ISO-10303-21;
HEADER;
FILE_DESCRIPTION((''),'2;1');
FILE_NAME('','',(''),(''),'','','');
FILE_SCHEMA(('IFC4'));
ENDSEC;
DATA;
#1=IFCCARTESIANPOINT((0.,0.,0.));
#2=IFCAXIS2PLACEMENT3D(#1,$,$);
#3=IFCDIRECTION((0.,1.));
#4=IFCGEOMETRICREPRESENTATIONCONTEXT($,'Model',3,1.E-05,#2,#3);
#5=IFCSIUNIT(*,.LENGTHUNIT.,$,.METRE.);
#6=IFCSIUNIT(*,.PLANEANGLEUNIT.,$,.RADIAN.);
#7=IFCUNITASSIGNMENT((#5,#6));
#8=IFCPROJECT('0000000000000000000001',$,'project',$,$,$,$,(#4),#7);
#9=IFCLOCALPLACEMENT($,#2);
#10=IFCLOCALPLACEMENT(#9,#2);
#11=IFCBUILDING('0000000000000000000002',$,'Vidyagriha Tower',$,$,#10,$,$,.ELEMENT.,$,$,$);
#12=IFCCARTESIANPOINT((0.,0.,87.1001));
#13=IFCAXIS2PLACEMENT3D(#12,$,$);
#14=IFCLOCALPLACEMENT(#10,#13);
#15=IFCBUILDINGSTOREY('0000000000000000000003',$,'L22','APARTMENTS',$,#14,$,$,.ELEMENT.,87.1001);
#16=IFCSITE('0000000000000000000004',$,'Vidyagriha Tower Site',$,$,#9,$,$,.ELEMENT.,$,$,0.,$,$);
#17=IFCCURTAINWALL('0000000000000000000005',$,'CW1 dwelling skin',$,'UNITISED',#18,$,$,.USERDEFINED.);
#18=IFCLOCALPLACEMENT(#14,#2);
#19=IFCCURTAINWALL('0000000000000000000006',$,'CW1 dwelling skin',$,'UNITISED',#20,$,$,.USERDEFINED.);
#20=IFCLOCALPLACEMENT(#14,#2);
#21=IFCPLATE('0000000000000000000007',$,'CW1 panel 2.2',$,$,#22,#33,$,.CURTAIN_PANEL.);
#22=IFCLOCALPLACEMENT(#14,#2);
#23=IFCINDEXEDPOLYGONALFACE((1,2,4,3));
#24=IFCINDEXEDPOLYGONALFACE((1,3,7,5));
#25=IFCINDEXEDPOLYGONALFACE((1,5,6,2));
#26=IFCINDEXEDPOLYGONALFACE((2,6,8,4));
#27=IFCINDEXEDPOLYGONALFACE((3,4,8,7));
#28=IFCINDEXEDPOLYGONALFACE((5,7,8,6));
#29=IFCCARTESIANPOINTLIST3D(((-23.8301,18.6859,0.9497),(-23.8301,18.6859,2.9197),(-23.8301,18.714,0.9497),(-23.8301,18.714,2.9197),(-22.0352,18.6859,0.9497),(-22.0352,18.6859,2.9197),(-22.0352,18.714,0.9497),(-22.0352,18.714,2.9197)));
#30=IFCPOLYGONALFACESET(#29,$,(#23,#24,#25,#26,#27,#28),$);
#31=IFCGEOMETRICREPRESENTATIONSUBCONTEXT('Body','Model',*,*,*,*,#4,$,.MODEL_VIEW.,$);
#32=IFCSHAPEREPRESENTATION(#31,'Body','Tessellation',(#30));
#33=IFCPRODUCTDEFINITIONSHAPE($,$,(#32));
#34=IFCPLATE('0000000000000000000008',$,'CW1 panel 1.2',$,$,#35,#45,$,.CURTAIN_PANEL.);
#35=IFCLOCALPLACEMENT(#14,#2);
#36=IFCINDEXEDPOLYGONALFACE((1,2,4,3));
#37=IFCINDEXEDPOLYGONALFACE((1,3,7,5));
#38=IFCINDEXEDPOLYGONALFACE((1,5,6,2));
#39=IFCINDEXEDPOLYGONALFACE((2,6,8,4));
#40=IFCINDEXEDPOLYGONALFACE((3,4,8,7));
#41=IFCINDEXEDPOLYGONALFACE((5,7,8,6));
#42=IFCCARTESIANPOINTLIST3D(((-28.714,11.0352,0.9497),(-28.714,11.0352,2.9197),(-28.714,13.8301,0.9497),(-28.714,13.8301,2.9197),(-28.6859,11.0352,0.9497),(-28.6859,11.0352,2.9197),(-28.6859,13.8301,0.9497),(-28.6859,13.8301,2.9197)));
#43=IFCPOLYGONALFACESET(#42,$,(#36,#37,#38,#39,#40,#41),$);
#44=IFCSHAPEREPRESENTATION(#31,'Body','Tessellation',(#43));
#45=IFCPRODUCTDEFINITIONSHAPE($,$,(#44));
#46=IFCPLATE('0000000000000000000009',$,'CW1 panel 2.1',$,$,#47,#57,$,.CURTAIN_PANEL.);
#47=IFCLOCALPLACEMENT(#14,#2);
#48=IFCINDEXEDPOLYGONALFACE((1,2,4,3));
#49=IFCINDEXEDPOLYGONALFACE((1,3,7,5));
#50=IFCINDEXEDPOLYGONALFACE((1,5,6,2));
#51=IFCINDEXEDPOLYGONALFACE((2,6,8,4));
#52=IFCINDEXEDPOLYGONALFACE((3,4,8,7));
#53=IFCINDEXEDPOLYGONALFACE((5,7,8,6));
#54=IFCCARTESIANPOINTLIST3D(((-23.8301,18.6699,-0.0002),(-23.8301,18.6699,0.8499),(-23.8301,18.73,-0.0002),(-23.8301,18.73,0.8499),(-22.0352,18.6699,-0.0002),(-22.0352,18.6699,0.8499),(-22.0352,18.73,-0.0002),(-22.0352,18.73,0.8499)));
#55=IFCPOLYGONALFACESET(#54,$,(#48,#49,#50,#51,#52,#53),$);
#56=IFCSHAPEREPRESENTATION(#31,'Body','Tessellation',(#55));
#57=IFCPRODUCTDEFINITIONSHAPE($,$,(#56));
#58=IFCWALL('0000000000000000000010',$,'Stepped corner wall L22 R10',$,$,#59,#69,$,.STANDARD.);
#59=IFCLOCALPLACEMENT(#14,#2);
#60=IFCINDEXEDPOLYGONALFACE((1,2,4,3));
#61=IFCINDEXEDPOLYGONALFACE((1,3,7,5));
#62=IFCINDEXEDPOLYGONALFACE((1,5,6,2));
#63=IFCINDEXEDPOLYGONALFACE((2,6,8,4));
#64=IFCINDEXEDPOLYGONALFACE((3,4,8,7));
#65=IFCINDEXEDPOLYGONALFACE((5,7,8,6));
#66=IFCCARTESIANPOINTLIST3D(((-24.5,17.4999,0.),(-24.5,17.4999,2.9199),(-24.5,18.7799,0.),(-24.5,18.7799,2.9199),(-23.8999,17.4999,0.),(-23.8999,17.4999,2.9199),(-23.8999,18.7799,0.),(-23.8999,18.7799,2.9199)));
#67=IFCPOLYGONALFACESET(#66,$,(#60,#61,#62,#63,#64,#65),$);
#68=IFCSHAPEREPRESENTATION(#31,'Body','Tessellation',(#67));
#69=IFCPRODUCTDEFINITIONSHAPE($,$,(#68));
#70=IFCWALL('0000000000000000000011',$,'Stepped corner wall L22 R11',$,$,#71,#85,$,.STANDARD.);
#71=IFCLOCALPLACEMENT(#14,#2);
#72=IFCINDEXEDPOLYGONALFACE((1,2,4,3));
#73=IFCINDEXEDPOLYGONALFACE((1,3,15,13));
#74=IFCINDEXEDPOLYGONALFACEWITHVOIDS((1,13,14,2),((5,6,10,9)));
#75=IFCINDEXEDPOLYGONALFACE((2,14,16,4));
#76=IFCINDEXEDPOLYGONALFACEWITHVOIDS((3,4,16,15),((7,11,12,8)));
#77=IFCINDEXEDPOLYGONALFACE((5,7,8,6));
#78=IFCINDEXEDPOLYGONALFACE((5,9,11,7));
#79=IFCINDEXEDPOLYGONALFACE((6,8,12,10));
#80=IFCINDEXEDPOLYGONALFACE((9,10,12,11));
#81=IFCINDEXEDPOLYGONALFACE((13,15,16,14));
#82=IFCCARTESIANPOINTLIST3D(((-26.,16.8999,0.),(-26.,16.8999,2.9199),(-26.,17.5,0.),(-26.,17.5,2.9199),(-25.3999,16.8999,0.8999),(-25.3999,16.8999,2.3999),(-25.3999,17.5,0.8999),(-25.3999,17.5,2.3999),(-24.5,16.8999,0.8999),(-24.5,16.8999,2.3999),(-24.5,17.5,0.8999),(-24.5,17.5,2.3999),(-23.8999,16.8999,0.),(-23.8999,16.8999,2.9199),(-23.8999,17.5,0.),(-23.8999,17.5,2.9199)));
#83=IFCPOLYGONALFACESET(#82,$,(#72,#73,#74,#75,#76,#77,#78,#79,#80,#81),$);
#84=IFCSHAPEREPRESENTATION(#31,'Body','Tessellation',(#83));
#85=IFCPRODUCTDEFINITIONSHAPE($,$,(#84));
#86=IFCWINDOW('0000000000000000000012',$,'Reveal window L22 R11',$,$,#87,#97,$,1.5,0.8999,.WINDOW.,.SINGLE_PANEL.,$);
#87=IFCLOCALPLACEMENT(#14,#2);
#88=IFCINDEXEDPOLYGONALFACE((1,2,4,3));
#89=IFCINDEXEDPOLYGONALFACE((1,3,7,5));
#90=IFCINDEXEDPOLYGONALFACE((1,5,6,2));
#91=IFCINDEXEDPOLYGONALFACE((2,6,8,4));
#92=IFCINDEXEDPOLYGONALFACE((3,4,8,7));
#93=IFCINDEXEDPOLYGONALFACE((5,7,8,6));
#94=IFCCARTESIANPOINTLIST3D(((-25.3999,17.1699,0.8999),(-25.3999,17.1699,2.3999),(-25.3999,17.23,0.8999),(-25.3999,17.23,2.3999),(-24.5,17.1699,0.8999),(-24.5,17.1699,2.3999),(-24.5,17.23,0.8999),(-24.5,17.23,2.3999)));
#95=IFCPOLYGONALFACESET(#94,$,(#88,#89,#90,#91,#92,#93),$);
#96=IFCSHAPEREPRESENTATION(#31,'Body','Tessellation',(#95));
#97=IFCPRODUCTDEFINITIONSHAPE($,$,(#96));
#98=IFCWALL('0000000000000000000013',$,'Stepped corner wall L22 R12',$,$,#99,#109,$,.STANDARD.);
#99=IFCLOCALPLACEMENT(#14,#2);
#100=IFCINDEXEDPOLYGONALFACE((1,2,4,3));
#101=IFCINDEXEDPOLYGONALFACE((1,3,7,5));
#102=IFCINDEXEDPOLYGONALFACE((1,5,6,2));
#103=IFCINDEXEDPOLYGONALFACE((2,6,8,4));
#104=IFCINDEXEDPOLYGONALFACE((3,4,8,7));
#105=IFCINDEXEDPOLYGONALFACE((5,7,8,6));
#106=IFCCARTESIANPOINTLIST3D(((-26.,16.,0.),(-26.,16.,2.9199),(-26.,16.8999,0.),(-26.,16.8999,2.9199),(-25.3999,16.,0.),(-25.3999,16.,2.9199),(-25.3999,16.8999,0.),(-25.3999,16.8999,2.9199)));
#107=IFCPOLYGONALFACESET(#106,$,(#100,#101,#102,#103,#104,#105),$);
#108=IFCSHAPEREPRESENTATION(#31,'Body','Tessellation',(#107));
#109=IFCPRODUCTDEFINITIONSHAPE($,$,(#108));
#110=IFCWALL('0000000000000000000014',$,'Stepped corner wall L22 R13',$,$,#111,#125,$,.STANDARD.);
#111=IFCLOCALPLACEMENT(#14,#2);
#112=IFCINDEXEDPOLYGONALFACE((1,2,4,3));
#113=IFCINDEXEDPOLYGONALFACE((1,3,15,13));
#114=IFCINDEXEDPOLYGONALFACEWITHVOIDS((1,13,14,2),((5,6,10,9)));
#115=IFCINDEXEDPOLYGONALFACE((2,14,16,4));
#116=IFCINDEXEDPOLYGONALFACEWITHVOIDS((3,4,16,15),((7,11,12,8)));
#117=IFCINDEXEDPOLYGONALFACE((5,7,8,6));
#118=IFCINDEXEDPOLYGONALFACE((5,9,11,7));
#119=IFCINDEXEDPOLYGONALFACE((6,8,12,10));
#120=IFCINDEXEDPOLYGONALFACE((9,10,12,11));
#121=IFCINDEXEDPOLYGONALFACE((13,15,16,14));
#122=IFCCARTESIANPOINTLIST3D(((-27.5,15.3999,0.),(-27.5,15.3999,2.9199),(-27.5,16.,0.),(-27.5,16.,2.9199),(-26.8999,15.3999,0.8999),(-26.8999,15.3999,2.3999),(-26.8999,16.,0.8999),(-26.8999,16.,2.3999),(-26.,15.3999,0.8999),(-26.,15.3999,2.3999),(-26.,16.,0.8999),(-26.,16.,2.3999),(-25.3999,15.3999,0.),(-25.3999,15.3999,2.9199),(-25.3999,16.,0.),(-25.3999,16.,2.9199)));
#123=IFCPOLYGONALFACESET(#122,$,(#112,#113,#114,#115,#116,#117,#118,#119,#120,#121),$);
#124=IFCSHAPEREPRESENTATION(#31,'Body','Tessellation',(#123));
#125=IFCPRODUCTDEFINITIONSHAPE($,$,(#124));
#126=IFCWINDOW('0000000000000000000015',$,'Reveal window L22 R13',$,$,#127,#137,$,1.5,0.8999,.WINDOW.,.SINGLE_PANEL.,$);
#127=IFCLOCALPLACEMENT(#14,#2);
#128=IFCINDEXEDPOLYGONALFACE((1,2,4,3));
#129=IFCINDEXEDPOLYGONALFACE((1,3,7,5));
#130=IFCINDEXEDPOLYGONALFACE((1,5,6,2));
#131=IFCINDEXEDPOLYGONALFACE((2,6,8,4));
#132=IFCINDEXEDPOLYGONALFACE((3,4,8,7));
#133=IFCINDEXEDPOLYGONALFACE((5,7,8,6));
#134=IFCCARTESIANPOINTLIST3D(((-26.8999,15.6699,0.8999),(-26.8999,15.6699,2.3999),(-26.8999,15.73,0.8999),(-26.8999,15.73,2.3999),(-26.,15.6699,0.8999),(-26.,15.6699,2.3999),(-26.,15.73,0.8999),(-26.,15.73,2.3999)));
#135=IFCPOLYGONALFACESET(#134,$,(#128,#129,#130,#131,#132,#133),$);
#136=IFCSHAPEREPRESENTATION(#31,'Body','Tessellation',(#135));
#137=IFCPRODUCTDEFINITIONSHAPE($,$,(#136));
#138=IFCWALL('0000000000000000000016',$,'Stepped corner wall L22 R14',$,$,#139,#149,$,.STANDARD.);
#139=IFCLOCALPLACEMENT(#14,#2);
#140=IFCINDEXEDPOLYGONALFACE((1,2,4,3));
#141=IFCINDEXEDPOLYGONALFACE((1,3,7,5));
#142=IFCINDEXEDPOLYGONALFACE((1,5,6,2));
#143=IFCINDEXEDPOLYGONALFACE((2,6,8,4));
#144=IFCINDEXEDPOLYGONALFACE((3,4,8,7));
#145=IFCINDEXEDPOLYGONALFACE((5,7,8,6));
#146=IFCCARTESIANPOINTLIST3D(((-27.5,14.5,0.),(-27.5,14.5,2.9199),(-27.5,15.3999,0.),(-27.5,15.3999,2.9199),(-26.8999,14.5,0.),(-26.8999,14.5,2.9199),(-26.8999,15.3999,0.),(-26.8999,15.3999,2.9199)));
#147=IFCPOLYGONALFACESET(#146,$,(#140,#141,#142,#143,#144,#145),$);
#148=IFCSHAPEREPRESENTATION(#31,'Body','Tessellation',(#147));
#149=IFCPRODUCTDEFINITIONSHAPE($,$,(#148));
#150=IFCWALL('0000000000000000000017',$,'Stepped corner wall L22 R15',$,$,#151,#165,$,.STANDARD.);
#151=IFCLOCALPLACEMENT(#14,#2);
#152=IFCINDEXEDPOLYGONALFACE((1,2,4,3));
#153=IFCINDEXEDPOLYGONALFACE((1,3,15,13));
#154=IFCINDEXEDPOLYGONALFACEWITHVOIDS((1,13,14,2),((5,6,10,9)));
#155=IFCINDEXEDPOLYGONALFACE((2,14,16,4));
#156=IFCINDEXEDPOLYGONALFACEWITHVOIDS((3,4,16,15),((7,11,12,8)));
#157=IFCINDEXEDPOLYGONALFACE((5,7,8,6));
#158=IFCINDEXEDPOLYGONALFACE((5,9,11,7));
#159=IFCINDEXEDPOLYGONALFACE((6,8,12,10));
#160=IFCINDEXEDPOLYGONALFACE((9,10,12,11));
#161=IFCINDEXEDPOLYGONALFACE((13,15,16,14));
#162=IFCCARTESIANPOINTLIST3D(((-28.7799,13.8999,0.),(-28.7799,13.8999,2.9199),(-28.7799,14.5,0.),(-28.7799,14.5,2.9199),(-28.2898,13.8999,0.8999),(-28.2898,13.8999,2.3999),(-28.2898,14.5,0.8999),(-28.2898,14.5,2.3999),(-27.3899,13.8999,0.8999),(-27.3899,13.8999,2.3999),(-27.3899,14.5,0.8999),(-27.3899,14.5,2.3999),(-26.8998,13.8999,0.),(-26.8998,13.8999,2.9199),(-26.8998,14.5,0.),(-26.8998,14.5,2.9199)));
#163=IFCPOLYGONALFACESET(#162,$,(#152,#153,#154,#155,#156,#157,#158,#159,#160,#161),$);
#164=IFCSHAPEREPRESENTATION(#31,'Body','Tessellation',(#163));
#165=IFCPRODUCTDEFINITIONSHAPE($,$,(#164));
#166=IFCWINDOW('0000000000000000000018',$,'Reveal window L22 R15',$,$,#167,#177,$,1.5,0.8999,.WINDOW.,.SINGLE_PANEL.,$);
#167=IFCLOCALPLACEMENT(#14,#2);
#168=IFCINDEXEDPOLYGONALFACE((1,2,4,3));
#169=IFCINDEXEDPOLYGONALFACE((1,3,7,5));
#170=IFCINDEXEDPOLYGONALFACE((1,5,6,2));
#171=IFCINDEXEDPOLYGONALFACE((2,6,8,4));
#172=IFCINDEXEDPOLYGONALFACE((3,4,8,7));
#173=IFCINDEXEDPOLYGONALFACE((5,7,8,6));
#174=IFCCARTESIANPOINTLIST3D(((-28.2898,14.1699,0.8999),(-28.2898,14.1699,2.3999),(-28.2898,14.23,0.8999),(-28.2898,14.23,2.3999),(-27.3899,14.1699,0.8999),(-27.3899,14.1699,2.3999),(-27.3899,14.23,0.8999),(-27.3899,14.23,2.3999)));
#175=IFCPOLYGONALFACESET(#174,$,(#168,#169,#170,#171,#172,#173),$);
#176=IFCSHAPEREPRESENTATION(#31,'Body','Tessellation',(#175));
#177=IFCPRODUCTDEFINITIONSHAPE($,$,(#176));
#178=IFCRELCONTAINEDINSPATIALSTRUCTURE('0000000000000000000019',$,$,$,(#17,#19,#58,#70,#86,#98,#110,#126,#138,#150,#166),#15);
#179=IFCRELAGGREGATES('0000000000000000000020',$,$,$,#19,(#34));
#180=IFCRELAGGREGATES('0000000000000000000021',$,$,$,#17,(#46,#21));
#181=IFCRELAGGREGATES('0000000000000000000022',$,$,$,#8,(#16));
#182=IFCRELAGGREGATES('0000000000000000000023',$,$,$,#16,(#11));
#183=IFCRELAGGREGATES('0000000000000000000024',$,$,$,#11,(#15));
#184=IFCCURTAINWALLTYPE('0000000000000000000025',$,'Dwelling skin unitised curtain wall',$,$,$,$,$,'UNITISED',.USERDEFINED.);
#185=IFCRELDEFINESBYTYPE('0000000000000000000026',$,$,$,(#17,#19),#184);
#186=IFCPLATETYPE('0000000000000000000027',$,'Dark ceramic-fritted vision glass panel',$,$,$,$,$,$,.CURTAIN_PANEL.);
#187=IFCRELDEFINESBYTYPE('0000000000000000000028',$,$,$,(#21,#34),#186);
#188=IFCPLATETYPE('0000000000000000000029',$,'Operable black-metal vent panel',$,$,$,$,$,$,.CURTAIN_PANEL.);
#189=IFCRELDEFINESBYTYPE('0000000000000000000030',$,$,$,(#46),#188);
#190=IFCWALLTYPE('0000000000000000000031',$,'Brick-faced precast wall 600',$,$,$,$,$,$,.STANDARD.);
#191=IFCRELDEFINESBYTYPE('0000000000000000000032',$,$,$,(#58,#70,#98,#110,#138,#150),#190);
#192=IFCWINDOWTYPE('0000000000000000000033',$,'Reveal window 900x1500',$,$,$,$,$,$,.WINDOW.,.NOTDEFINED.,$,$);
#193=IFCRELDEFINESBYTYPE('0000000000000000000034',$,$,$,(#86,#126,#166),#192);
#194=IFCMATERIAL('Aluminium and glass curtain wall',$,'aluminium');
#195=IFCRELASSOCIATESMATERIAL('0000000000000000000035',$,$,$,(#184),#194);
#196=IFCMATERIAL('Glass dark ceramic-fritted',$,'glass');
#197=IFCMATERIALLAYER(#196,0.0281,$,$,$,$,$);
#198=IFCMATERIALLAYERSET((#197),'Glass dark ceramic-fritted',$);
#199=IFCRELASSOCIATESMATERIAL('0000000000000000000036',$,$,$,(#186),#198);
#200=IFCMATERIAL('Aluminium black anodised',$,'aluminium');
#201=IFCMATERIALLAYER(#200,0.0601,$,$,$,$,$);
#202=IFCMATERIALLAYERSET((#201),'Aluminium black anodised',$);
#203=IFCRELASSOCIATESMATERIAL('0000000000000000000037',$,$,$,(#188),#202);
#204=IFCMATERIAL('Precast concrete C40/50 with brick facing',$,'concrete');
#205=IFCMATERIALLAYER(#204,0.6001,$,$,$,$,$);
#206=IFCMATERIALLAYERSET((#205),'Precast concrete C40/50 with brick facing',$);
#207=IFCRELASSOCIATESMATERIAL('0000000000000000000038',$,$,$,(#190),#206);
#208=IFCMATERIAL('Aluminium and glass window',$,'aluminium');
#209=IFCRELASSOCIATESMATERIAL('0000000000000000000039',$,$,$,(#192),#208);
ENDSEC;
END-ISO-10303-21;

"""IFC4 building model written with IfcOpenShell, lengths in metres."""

from ifc_helpers import new_model, si_unit, direction, frame, frame_2d, origin, origin_2d, place, context, subcontext, project, spatial, rectangle, extrude, material, layer, layer_set, type_object, element, fill, aggregate, save


model = new_model("IFC4")

# Units and contexts
model_context = context("Model", 3, precision=1e-05, world=origin(), true_north=direction((0.0, 1.0)))
body_context = subcontext(model_context, "Body", "Model", "MODEL_VIEW")
ifc_project = project(units=[si_unit("LENGTHUNIT", "METRE"), si_unit("PLANEANGLEUNIT", "RADIAN")], contexts=[model_context])

# Site, building, storey
site_placement = place(None, origin())
site = spatial("IfcSite", under=ifc_project, at=site_placement, Name="Vidyagriha Tower Site", CompositionType="ELEMENT", RefElevation=0.0)
building_placement = place(site_placement, origin())
building = spatial("IfcBuilding", under=site, at=building_placement, Name="Vidyagriha Tower", CompositionType="ELEMENT")
storey_placement = place(building_placement, frame((0.0, 0.0, 87.1001)))
storey = spatial("IfcBuildingStorey", under=building, at=storey_placement, Name="L22", Description="APARTMENTS", CompositionType="ELEMENT", Elevation=87.1001)

# Curtain wall
ifc_material_1 = material(Name="Aluminium and glass curtain wall", Category="aluminium")
curtain_wall_type = type_object("IfcCurtainWallType", Name="Dwelling skin unitised curtain wall", ElementType="UNITISED", PredefinedType="USERDEFINED", material=ifc_material_1)
curtain_wall_1_placement = place(storey_placement, origin())
curtain_wall_1 = element("IfcCurtainWall", 1, at=curtain_wall_1_placement, inside=storey, type_object=curtain_wall_type, Name="CW1 dwelling skin", ObjectType="UNITISED", PredefinedType="USERDEFINED")

# Curtain wall
curtain_wall_2_placement = place(storey_placement, origin())
curtain_wall_2 = element("IfcCurtainWall", 2, at=curtain_wall_2_placement, inside=storey, type_object=curtain_wall_type, Name="CW1 dwelling skin", ObjectType="UNITISED", PredefinedType="USERDEFINED")

# Plates
ifc_material_2 = material(Name="Glass dark ceramic-fritted", Category="glass")
ifc_layer_1 = layer(ifc_material_2, 0.0281)
ifc_layer_set_1 = layer_set([ifc_layer_1], Name="Glass dark ceramic-fritted")
plate_type_1 = type_object("IfcPlateType", Name="Dark ceramic-fritted vision glass panel", PredefinedType="CURTAIN_PANEL", material=ifc_layer_set_1)
plate_1_placement = place(storey_placement, frame((-22.9326, 18.7, 0.9497), z_axis=(0.0, 0.0, 1.0), x_axis=(-1.0, 0.0, 0.0)))
plate_1 = element("IfcPlate", 3, at=plate_1_placement, type_object=plate_type_1, Name="CW1 panel 2.2", PredefinedType="CURTAIN_PANEL", context=body_context, shape_type="SweptSolid", body=[
    extrude(rectangle(XDim=1.7949, YDim=0.0281, at=origin_2d()), origin(), (0.0, 0.0, 1.0), 1.97),
])
plate_2_placement = place(storey_placement, frame((-28.7, 12.4326, 0.9497), z_axis=(0.0, 0.0, 1.0), x_axis=(0.0, -1.0, 0.0)))
plate_2 = element("IfcPlate", 4, at=plate_2_placement, type_object=plate_type_1, Name="CW1 panel 1.2", PredefinedType="CURTAIN_PANEL", context=body_context, shape_type="SweptSolid", body=[
    extrude(rectangle(XDim=2.7949, YDim=0.0281, at=origin_2d()), origin(), (0.0, 0.0, 1.0), 1.97),
])
aggregate(curtain_wall_2, [plate_2])
ifc_material_3 = material(Name="Aluminium black anodised", Category="aluminium")
ifc_layer_2 = layer(ifc_material_3, 0.0601)
ifc_layer_set_2 = layer_set([ifc_layer_2], Name="Aluminium black anodised")
plate_type_2 = type_object("IfcPlateType", Name="Operable black-metal vent panel", PredefinedType="CURTAIN_PANEL", material=ifc_layer_set_2)
plate_3_placement = place(storey_placement, frame((-22.9326, 18.7, -0.0002), z_axis=(0.0, 0.0, 1.0), x_axis=(-1.0, 0.0, 0.0)))
plate_3 = element("IfcPlate", 5, at=plate_3_placement, type_object=plate_type_2, Name="CW1 panel 2.1", PredefinedType="CURTAIN_PANEL", context=body_context, shape_type="SweptSolid", body=[
    extrude(rectangle(XDim=1.7949, YDim=0.0601, at=origin_2d()), origin(), (0.0, 0.0, 1.0), 0.8501),
])
aggregate(curtain_wall_1, [plate_3, plate_1])

# Wall
ifc_material_4 = material(Name="Precast concrete C40/50 with brick facing", Category="concrete")
ifc_layer_3 = layer(ifc_material_4, 0.6001)
ifc_layer_set_3 = layer_set([ifc_layer_3], Name="Precast concrete C40/50 with brick facing")
wall_type_1 = type_object("IfcWallType", Name="Brick-faced precast wall 600", PredefinedType="STANDARD", material=ifc_layer_set_3)
wall_1_placement = place(storey_placement, frame((-24.2, 18.78, 0.0), z_axis=(0.0, 0.0, 1.0), x_axis=(0.0, -1.0, 0.0)))
element("IfcWall", 6, at=wall_1_placement, inside=storey, type_object=wall_type_1, Name="Stepped corner wall L22 R10", PredefinedType="STANDARD", context=body_context, shape_type="SweptSolid", body=[
    extrude(rectangle(XDim=1.28, YDim=0.6001, at=frame_2d((0.6401, 0.0))), origin(), (0.0, 0.0, 1.0), 2.9199),
])

# Wall, opening, window
wall_2_placement = place(storey_placement, frame((-23.8999, 17.2, 0.0), z_axis=(0.0, 0.0, 1.0), x_axis=(-1.0, 0.0, 0.0)))
wall_2 = element("IfcWall", 7, at=wall_2_placement, inside=storey, type_object=wall_type_1, Name="Stepped corner wall L22 R11", PredefinedType="STANDARD", context=body_context, shape_type="SweptSolid", body=[
    extrude(rectangle(XDim=2.1001, YDim=0.6001, at=frame_2d((1.05, 0.0))), origin(), (0.0, 0.0, 1.0), 2.9199),
])
opening_1_placement = place(wall_2_placement, frame((0.6001, 0.0, 0.8999)))
opening_1 = element("IfcOpeningElement", 8, at=opening_1_placement, cuts=wall_2, PredefinedType="OPENING", context=body_context, shape_type="SweptSolid", body=[
    extrude(rectangle(XDim=0.8999, YDim=1.5, at=frame_2d((0.45, 0.75))), frame((0.0, 0.3101, 0.0), z_axis=(0.0, -1.0, 0.0), x_axis=(1.0, 0.0, 0.0)), (0.0, 0.0, 1.0), 0.6201),
])
ifc_material_5 = material(Name="Aluminium and glass window", Category="aluminium")
window_type = type_object("IfcWindowType", Name="Reveal window 900x1500", PartitioningType="NOTDEFINED", PredefinedType="WINDOW", material=ifc_material_5)
window_1_placement = place(opening_1_placement, origin())
window_1 = element("IfcWindow", 9, at=window_1_placement, inside=storey, type_object=window_type, Name="Reveal window L22 R11", OverallHeight=1.5, OverallWidth=0.8999, PartitioningType="SINGLE_PANEL", PredefinedType="WINDOW", context=body_context, shape_type="SweptSolid", body=[
    extrude(rectangle(XDim=0.8999, YDim=1.5, at=frame_2d((0.45, 0.75))), frame((0.0, 0.03, 0.0), z_axis=(0.0, -1.0, 0.0), x_axis=(1.0, 0.0, 0.0)), (0.0, 0.0, 1.0), 0.0601),
])
fill(opening_1, window_1)

# Wall
wall_3_placement = place(storey_placement, frame((-25.7, 16.8999, 0.0), z_axis=(0.0, 0.0, 1.0), x_axis=(0.0, -1.0, 0.0)))
element("IfcWall", 10, at=wall_3_placement, inside=storey, type_object=wall_type_1, Name="Stepped corner wall L22 R12", PredefinedType="STANDARD", context=body_context, shape_type="SweptSolid", body=[
    extrude(rectangle(XDim=0.8999, YDim=0.6001, at=frame_2d((0.45, 0.0))), origin(), (0.0, 0.0, 1.0), 2.9199),
])

# Wall, opening, window
wall_4_placement = place(storey_placement, frame((-25.3999, 15.7, 0.0), z_axis=(0.0, 0.0, 1.0), x_axis=(-1.0, 0.0, 0.0)))
wall_4 = element("IfcWall", 11, at=wall_4_placement, inside=storey, type_object=wall_type_1, Name="Stepped corner wall L22 R13", PredefinedType="STANDARD", context=body_context, shape_type="SweptSolid", body=[
    extrude(rectangle(XDim=2.1001, YDim=0.6001, at=frame_2d((1.05, 0.0))), origin(), (0.0, 0.0, 1.0), 2.9199),
])
opening_2_placement = place(wall_4_placement, frame((0.6001, 0.0, 0.8999)))
opening_2 = element("IfcOpeningElement", 12, at=opening_2_placement, cuts=wall_4, PredefinedType="OPENING", context=body_context, shape_type="SweptSolid", body=[
    extrude(rectangle(XDim=0.8999, YDim=1.5, at=frame_2d((0.45, 0.75))), frame((0.0, 0.3101, 0.0), z_axis=(0.0, -1.0, 0.0), x_axis=(1.0, 0.0, 0.0)), (0.0, 0.0, 1.0), 0.6201),
])
window_2_placement = place(opening_2_placement, origin())
window_2 = element("IfcWindow", 13, at=window_2_placement, inside=storey, type_object=window_type, Name="Reveal window L22 R13", OverallHeight=1.5, OverallWidth=0.8999, PartitioningType="SINGLE_PANEL", PredefinedType="WINDOW", context=body_context, shape_type="SweptSolid", body=[
    extrude(rectangle(XDim=0.8999, YDim=1.5, at=frame_2d((0.45, 0.75))), frame((0.0, 0.03, 0.0), z_axis=(0.0, -1.0, 0.0), x_axis=(1.0, 0.0, 0.0)), (0.0, 0.0, 1.0), 0.0601),
])
fill(opening_2, window_2)

# Wall
wall_5_placement = place(storey_placement, frame((-27.2, 15.3999, 0.0), z_axis=(0.0, 0.0, 1.0), x_axis=(0.0, -1.0, 0.0)))
element("IfcWall", 14, at=wall_5_placement, inside=storey, type_object=wall_type_1, Name="Stepped corner wall L22 R14", PredefinedType="STANDARD", context=body_context, shape_type="SweptSolid", body=[
    extrude(rectangle(XDim=0.8999, YDim=0.6001, at=frame_2d((0.45, 0.0))), origin(), (0.0, 0.0, 1.0), 2.9199),
])

# Wall, opening, window
wall_6_placement = place(storey_placement, frame((-26.8999, 14.2, 0.0), z_axis=(0.0, 0.0, 1.0), x_axis=(-1.0, 0.0, 0.0)))
wall_6 = element("IfcWall", 15, at=wall_6_placement, inside=storey, type_object=wall_type_1, Name="Stepped corner wall L22 R15", PredefinedType="STANDARD", context=body_context, shape_type="SweptSolid", body=[
    extrude(rectangle(XDim=1.8801, YDim=0.6001, at=frame_2d((0.9399, 0.0))), origin(), (0.0, 0.0, 1.0), 2.9199),
])
opening_3_placement = place(wall_6_placement, frame((0.49, 0.0, 0.8999)))
opening_3 = element("IfcOpeningElement", 16, at=opening_3_placement, cuts=wall_6, PredefinedType="OPENING", context=body_context, shape_type="SweptSolid", body=[
    extrude(rectangle(XDim=0.8999, YDim=1.5, at=frame_2d((0.45, 0.75))), frame((0.0, 0.3101, 0.0), z_axis=(0.0, -1.0, 0.0), x_axis=(1.0, 0.0, 0.0)), (0.0, 0.0, 1.0), 0.6201),
])
window_3_placement = place(opening_3_placement, origin())
window_3 = element("IfcWindow", 17, at=window_3_placement, inside=storey, type_object=window_type, Name="Reveal window L22 R15", OverallHeight=1.5, OverallWidth=0.8999, PartitioningType="SINGLE_PANEL", PredefinedType="WINDOW", context=body_context, shape_type="SweptSolid", body=[
    extrude(rectangle(XDim=0.8999, YDim=1.5, at=frame_2d((0.45, 0.75))), frame((0.0, 0.03, 0.0), z_axis=(0.0, -1.0, 0.0), x_axis=(1.0, 0.0, 0.0)), (0.0, 0.0, 1.0), 0.0601),
])
fill(opening_3, window_3)

save(model, "model.ifc")
